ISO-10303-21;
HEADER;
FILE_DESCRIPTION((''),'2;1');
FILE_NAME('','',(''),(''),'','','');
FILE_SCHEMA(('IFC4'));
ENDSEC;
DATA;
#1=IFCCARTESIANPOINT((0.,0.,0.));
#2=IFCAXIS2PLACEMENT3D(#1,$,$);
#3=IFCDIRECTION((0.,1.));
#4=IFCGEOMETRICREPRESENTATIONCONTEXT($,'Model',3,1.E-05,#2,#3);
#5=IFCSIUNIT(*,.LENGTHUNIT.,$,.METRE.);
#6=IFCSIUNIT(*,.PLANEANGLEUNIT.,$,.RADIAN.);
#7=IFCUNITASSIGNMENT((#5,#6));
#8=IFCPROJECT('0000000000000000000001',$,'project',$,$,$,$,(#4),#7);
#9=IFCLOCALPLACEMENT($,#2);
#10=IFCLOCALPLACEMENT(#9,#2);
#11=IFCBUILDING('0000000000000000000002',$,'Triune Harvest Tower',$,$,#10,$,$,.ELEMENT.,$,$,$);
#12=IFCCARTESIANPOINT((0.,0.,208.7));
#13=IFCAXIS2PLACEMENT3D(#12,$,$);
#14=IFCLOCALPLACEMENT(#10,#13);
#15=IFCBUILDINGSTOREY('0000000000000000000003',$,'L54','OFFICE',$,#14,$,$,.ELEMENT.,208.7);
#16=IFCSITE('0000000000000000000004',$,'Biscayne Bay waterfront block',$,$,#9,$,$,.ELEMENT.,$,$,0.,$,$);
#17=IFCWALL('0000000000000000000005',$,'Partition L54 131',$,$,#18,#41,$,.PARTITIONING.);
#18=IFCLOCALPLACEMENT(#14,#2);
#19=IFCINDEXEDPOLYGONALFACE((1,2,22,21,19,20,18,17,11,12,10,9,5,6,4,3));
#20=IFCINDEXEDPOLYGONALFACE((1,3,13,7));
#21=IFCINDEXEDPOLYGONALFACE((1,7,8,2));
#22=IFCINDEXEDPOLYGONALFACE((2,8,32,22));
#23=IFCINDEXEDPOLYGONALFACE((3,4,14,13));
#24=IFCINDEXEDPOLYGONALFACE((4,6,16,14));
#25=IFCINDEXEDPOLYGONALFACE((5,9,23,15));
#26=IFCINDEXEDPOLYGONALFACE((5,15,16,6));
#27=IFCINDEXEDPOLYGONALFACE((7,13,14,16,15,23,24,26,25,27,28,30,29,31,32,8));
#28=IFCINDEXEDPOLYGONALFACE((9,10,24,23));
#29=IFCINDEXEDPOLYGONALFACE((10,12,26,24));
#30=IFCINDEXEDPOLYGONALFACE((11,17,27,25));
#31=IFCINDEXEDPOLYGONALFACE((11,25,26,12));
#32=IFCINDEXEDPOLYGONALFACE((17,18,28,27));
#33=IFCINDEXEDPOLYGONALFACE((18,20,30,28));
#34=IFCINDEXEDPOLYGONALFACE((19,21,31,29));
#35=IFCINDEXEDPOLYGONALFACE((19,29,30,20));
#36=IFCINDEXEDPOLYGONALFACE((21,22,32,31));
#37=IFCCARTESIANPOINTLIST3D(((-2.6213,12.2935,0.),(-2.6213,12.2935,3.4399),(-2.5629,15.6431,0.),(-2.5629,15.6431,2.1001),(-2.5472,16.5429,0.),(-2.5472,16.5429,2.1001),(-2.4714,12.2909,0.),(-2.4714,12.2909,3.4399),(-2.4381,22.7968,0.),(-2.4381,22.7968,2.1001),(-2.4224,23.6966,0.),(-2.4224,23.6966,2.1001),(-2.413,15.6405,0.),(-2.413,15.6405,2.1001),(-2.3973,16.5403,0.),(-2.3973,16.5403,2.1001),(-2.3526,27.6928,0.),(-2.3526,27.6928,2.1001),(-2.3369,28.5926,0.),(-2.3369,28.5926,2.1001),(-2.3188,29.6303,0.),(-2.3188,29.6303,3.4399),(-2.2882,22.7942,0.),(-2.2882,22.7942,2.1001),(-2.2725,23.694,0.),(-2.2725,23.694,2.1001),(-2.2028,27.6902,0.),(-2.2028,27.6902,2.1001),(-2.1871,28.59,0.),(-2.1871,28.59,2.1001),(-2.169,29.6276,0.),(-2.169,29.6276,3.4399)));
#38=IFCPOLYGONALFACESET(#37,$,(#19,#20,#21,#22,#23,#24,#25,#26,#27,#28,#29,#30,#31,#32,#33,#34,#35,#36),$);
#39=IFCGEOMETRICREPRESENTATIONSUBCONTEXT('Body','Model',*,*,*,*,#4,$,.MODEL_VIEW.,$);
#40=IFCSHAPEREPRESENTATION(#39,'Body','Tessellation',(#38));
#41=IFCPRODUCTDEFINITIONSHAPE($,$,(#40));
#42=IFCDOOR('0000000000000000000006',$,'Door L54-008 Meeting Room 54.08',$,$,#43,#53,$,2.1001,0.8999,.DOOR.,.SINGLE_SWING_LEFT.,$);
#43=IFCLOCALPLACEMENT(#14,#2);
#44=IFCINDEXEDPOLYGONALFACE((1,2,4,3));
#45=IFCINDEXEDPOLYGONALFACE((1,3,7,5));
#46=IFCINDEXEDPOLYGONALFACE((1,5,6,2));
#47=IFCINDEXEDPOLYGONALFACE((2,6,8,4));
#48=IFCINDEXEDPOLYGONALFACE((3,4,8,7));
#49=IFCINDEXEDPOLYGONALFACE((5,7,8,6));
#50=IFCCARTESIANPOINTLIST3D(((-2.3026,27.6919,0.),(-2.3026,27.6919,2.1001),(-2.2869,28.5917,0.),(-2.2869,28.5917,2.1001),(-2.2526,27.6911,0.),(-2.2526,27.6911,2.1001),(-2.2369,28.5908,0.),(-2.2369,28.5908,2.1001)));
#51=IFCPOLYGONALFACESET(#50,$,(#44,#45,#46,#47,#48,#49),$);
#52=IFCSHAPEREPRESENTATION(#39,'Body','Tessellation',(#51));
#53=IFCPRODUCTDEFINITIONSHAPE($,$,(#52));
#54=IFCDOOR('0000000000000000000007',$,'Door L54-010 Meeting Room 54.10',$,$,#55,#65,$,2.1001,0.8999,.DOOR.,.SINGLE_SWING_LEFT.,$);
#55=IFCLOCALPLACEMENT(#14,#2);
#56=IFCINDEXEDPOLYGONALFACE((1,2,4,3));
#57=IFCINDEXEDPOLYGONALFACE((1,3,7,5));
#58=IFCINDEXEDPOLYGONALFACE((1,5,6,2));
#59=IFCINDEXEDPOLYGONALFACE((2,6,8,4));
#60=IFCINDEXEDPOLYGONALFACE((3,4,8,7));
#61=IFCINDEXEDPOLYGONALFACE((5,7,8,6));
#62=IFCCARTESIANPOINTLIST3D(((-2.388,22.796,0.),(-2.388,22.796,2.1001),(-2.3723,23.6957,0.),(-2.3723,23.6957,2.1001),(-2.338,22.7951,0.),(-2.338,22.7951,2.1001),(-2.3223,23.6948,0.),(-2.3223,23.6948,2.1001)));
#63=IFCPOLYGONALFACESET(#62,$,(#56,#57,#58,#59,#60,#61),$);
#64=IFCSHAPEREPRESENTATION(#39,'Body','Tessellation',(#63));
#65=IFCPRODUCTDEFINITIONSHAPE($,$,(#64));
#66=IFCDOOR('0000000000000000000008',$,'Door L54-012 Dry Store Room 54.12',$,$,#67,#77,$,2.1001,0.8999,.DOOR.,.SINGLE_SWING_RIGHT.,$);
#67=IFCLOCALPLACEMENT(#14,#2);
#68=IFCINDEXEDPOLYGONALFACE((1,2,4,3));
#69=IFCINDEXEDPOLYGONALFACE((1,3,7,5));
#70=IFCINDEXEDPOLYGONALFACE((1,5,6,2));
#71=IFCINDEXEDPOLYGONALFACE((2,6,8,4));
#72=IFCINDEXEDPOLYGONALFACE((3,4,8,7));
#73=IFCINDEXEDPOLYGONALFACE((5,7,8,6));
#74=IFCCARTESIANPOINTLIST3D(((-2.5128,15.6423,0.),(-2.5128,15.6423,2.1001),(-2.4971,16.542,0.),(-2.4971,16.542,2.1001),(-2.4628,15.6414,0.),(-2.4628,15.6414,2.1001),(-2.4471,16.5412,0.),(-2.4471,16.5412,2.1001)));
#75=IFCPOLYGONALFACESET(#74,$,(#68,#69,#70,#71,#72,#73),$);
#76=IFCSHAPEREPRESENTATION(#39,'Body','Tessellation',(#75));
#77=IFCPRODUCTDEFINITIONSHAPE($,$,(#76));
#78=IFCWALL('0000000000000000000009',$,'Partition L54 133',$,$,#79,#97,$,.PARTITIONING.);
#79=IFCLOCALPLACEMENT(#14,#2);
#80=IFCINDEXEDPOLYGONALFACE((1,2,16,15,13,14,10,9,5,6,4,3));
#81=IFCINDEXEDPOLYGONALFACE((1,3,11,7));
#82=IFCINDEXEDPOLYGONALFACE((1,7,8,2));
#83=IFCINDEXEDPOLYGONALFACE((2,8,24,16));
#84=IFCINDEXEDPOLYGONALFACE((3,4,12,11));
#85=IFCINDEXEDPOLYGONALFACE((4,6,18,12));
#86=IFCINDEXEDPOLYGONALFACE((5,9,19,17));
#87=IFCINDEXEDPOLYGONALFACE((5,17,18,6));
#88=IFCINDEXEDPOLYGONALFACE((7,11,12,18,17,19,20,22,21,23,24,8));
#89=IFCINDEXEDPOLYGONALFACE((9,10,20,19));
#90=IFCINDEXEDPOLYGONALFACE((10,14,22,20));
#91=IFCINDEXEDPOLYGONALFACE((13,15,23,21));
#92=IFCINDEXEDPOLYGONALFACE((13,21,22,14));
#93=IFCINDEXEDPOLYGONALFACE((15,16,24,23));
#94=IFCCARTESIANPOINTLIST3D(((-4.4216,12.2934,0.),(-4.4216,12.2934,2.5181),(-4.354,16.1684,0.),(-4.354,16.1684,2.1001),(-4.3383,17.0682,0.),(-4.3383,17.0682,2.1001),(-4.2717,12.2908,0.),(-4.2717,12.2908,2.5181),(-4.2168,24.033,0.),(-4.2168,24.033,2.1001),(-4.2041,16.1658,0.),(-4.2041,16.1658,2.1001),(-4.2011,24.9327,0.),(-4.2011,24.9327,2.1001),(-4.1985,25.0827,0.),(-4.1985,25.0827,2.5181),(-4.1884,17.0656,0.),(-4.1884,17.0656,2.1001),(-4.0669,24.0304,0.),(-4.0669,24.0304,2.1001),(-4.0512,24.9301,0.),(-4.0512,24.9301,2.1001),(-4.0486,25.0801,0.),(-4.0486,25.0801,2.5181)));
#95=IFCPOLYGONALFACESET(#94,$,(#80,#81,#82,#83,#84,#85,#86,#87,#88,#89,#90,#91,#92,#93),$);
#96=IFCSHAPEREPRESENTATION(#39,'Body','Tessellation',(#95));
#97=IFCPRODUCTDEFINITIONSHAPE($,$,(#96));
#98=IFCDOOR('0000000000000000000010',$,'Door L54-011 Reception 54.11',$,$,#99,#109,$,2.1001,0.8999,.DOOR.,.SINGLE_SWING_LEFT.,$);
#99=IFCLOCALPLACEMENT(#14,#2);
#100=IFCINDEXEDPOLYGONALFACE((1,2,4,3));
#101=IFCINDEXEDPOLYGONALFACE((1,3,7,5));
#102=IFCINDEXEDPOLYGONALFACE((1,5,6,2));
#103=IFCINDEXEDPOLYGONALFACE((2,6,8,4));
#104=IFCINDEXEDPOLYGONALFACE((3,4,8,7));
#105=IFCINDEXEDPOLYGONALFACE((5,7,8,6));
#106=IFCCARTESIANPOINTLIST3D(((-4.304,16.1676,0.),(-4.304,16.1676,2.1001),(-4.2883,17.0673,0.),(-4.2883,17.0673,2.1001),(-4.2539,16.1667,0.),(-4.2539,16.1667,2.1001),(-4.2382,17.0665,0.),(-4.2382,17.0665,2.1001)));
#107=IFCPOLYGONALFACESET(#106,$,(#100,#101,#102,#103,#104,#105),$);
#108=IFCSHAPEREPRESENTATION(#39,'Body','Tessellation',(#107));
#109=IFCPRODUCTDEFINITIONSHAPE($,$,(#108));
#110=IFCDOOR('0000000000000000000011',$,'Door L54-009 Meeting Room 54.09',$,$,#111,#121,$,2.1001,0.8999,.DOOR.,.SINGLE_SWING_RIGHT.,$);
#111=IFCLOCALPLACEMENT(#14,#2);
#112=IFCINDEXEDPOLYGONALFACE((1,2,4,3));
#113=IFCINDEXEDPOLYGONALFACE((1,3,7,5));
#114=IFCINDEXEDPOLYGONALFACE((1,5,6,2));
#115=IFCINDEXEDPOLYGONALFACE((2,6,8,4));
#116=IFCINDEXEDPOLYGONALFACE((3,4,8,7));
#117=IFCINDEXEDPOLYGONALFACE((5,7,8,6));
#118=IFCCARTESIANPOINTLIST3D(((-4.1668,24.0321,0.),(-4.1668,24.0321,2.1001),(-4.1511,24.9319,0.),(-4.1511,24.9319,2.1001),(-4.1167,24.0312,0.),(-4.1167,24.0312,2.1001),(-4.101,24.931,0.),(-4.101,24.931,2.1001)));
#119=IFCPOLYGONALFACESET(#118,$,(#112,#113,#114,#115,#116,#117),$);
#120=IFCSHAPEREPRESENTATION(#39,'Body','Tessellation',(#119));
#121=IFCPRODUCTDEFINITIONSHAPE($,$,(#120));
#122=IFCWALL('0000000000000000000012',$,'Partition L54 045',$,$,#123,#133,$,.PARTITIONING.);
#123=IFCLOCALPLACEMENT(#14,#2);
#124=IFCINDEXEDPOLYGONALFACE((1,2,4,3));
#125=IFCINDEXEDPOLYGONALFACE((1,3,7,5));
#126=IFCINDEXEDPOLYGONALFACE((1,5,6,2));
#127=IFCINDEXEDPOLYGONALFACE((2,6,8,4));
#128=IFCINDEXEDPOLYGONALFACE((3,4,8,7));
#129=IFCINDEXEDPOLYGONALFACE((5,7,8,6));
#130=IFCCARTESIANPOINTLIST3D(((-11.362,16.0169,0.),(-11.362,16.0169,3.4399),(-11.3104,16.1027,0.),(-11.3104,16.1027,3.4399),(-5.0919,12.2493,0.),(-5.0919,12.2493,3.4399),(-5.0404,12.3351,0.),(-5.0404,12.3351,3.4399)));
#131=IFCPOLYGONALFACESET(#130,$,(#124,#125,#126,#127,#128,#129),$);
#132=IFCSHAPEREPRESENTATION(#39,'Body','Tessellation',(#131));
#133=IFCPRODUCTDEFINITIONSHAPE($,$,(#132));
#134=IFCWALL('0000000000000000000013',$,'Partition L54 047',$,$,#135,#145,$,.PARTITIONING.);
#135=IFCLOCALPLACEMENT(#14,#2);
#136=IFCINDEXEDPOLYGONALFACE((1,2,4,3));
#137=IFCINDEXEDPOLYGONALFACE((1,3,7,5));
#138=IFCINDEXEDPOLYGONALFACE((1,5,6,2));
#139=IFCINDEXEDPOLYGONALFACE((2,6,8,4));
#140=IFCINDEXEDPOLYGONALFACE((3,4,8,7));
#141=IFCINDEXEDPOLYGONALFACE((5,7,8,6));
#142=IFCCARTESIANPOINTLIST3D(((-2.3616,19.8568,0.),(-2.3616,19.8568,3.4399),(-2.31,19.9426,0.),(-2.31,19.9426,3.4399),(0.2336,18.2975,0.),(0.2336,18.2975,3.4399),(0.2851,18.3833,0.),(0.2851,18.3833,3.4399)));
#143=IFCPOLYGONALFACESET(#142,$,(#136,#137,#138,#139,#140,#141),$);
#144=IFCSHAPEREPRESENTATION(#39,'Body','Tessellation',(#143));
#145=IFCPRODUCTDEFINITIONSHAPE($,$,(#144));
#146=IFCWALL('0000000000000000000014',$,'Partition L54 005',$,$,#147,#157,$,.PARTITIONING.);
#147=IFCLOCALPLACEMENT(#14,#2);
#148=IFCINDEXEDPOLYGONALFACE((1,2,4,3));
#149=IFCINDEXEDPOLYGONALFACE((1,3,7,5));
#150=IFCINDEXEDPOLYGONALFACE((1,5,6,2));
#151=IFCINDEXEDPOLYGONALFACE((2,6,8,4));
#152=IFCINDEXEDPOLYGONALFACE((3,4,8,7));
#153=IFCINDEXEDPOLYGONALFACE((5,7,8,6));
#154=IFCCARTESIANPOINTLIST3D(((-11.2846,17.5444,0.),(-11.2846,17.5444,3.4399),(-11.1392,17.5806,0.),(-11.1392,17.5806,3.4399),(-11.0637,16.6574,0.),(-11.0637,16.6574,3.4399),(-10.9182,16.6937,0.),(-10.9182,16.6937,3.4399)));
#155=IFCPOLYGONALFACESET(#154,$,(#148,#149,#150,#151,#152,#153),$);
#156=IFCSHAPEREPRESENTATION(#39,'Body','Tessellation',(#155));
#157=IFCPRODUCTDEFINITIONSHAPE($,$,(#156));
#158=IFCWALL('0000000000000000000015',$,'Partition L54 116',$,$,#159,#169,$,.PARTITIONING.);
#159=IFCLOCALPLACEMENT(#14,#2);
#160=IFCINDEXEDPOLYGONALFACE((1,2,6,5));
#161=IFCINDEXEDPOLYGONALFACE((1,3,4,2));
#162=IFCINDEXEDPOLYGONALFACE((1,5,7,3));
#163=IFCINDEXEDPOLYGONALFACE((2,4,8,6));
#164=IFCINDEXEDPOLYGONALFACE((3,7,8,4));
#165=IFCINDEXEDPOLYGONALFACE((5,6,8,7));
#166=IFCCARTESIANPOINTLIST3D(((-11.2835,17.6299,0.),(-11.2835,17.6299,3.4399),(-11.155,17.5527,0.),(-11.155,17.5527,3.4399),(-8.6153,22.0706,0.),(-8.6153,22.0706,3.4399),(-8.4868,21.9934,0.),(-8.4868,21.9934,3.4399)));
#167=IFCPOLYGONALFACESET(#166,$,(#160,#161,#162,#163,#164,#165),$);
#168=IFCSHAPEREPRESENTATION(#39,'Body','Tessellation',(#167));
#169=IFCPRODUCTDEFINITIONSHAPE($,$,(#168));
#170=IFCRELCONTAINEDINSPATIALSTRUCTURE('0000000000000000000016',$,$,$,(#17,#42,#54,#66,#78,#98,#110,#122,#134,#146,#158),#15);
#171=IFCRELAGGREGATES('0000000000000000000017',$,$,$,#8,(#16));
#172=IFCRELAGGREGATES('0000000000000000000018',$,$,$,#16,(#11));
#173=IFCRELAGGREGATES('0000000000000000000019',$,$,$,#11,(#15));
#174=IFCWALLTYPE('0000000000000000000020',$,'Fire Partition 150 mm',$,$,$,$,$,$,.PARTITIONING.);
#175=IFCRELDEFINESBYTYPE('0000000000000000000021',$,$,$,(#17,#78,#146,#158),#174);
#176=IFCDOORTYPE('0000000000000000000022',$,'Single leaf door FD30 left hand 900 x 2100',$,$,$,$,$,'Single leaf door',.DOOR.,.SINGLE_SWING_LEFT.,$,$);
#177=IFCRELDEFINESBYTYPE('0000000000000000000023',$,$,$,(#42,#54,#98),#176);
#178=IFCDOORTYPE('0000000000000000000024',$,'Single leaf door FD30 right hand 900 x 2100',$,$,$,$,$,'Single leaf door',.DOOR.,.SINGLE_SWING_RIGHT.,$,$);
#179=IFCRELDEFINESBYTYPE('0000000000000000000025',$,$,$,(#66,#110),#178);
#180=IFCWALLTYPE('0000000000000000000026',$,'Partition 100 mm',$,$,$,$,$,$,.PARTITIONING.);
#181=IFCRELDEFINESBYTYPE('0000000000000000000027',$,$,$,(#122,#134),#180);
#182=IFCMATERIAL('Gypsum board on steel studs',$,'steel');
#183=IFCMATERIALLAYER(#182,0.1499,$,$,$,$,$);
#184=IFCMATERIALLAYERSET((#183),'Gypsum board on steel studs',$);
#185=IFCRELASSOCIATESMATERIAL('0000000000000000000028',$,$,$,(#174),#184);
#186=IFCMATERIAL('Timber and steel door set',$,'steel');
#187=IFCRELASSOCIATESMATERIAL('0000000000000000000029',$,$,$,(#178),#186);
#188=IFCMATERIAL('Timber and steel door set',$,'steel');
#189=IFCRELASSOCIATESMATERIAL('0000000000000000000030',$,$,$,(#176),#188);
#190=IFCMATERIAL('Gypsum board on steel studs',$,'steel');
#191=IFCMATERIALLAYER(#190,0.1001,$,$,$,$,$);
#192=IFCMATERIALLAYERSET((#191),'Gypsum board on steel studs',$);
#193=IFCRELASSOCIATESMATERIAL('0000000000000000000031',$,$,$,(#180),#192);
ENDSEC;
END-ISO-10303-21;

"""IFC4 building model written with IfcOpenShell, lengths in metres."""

from ifc_helpers import new_model, si_unit, direction, frame, frame_2d, origin, place, context, subcontext, project, spatial, rectangle, extrude, source, transform, mapped, material, layer, layer_set, type_object, element, fill, save


model = new_model("IFC4")

# Units and contexts
model_context = context("Model", 3, precision=1e-05, world=origin(), true_north=direction((0.0, 1.0)))
body_context = subcontext(model_context, "Body", "Model", "MODEL_VIEW")
ifc_project = project(units=[si_unit("LENGTHUNIT", "METRE"), si_unit("PLANEANGLEUNIT", "RADIAN")], contexts=[model_context])

# Site, building, storey
site_placement = place(None, origin())
site = spatial("IfcSite", under=ifc_project, at=site_placement, Name="Biscayne Bay waterfront block", CompositionType="ELEMENT", RefElevation=0.0)
building_placement = place(site_placement, origin())
building = spatial("IfcBuilding", under=site, at=building_placement, Name="Triune Harvest Tower", CompositionType="ELEMENT")
storey_placement = place(building_placement, frame((0.0, 0.0, 208.7)))
storey = spatial("IfcBuildingStorey", under=building, at=storey_placement, Name="L54", Description="OFFICE", CompositionType="ELEMENT", Elevation=208.7)

# Shared definitions
ifc_material_1 = material(Name="Gypsum board on steel studs", Category="steel")
ifc_layer_1 = layer(ifc_material_1, 0.1499)
ifc_layer_set_1 = layer_set([ifc_layer_1], Name="Gypsum board on steel studs")
wall_type_1 = type_object("IfcWallType", Name="Fire Partition 150 mm", PredefinedType="PARTITIONING", material=ifc_layer_set_1)

# Shared definitions
ifc_material_2 = material(Name="Timber and steel door set", Category="steel")
door_type_1 = type_object("IfcDoorType", Name="Single leaf door FD30 right hand 900 x 2100", ElementType="Single leaf door", OperationType="SINGLE_SWING_RIGHT", PredefinedType="DOOR", material=ifc_material_2)

# Walls, openings, doors
wall_1_placement = place(storey_placement, frame((-2.5464, 12.2922, 0.0), z_axis=(0.0, 0.0, 1.0), x_axis=(0.017445, 0.999848, 0.0)))
wall_1 = element("IfcWall", 1, at=wall_1_placement, inside=storey, type_object=wall_type_1, Name="Partition L54 131", PredefinedType="PARTITIONING", context=body_context, shape_type="SweptSolid", body=[
    extrude(rectangle(XDim=17.3394, YDim=0.1499, at=frame_2d((8.6697, 0.0))), origin(), (0.0, 0.0, 1.0), 3.4399),
])
opening_1_placement = place(wall_1_placement, frame((15.4016, 0.0, 0.0)))
opening_1 = element("IfcOpeningElement", 2, at=opening_1_placement, cuts=wall_1, PredefinedType="OPENING", context=body_context, shape_type="SweptSolid", body=[
    extrude(rectangle(XDim=0.8999, YDim=2.1001, at=frame_2d((0.45, 1.05))), frame((0.0, 0.085, 0.0), z_axis=(0.0, -1.0, 0.0), x_axis=(1.0, 0.0, 0.0)), (0.0, 0.0, 1.0), 0.1699),
])
opening_2_placement = place(wall_1_placement, frame((10.5049, 0.0, 0.0)))
opening_2 = element("IfcOpeningElement", 3, at=opening_2_placement, cuts=wall_1, PredefinedType="OPENING", context=body_context, shape_type="SweptSolid", body=[
    extrude(rectangle(XDim=0.8999, YDim=2.1001, at=frame_2d((0.45, 1.05))), frame((0.0, 0.085, 0.0), z_axis=(0.0, -1.0, 0.0), x_axis=(1.0, 0.0, 0.0)), (0.0, 0.0, 1.0), 0.1699),
])
opening_3_placement = place(wall_1_placement, frame((3.3501, 0.0, 0.0)))
opening_3 = element("IfcOpeningElement", 4, at=opening_3_placement, cuts=wall_1, PredefinedType="OPENING", context=body_context, shape_type="SweptSolid", body=[
    extrude(rectangle(XDim=0.8999, YDim=2.1001, at=frame_2d((0.45, 1.05))), frame((0.0, 0.085, 0.0), z_axis=(0.0, -1.0, 0.0), x_axis=(1.0, 0.0, 0.0)), (0.0, 0.0, 1.0), 0.1699),
])
ifc_material_3 = material(Name="Timber and steel door set", Category="steel")
door_type_2 = type_object("IfcDoorType", Name="Single leaf door FD30 left hand 900 x 2100", ElementType="Single leaf door", OperationType="SINGLE_SWING_LEFT", PredefinedType="DOOR", material=ifc_material_3)
door_1_placement = place(opening_1_placement, origin())
door_1 = element("IfcDoor", 5, at=door_1_placement, inside=storey, type_object=door_type_2, Name="Door L54-008 Meeting Room 54.08", OperationType="SINGLE_SWING_LEFT", OverallHeight=2.1001, OverallWidth=0.8999, PredefinedType="DOOR", context=body_context, shape_type="SweptSolid", body=[
    extrude(rectangle(XDim=0.8999, YDim=2.1001, at=frame_2d((0.45, 1.05))), frame((0.0, 0.0249, 0.0), z_axis=(0.0, -1.0, 0.0), x_axis=(1.0, 0.0, 0.0)), (0.0, 0.0, 1.0), 0.05),
])
fill(opening_1, door_1)
door_2_placement = place(opening_2_placement, origin())
door_2 = element("IfcDoor", 6, at=door_2_placement, inside=storey, type_object=door_type_2, Name="Door L54-010 Meeting Room 54.10", OperationType="SINGLE_SWING_LEFT", OverallHeight=2.1001, OverallWidth=0.8999, PredefinedType="DOOR", context=body_context, shape_type="SweptSolid", body=[
    extrude(rectangle(XDim=0.8999, YDim=2.1001, at=frame_2d((0.45, 1.05))), frame((0.0, 0.0249, 0.0), z_axis=(0.0, -1.0, 0.0), x_axis=(1.0, 0.0, 0.0)), (0.0, 0.0, 1.0), 0.05),
])
fill(opening_2, door_2)
door_3_placement = place(opening_3_placement, origin())
door_3 = element("IfcDoor", 7, at=door_3_placement, inside=storey, type_object=door_type_1, Name="Door L54-012 Dry Store Room 54.12", OperationType="SINGLE_SWING_RIGHT", OverallHeight=2.1001, OverallWidth=0.8999, PredefinedType="DOOR", context=body_context, shape_type="SweptSolid", body=[
    extrude(rectangle(XDim=0.8999, YDim=2.1001, at=frame_2d((0.45, 1.05))), frame((0.0, 0.0249, 0.0), z_axis=(0.0, -1.0, 0.0), x_axis=(1.0, 0.0, 0.0)), (0.0, 0.0, 1.0), 0.05),
])
fill(opening_3, door_3)
wall_2_placement = place(storey_placement, frame((-4.3467, 12.2922, 0.0), z_axis=(0.0, 0.0, 1.0), x_axis=(0.017445, 0.999848, 0.0)))
wall_2 = element("IfcWall", 8, at=wall_2_placement, inside=storey, type_object=wall_type_1, Name="Partition L54 133", PredefinedType="PARTITIONING", context=body_context, shape_type="SweptSolid", body=[
    extrude(rectangle(XDim=12.7913, YDim=0.1499, at=frame_2d((6.3955, 0.0))), origin(), (0.0, 0.0, 1.0), 2.5181),
])
opening_4_placement = place(wall_2_placement, frame((11.7412, 0.0, 0.0)))
opening_4 = element("IfcOpeningElement", 9, at=opening_4_placement, cuts=wall_2, PredefinedType="OPENING", context=body_context, shape_type="SweptSolid", body=[
    extrude(rectangle(XDim=0.8999, YDim=2.1001, at=frame_2d((0.45, 1.05))), frame((0.0, 0.085, 0.0), z_axis=(0.0, -1.0, 0.0), x_axis=(1.0, 0.0, 0.0)), (0.0, 0.0, 1.0), 0.1699),
])
opening_5_placement = place(wall_2_placement, frame((3.8755, 0.0, 0.0)))
opening_5 = element("IfcOpeningElement", 10, at=opening_5_placement, cuts=wall_2, PredefinedType="OPENING", context=body_context, shape_type="SweptSolid", body=[
    extrude(rectangle(XDim=0.8999, YDim=2.1001, at=frame_2d((0.45, 1.05))), frame((0.0, 0.085, 0.0), z_axis=(0.0, -1.0, 0.0), x_axis=(1.0, 0.0, 0.0)), (0.0, 0.0, 1.0), 0.1699),
])
door_4_placement = place(opening_5_placement, origin())
door_4 = element("IfcDoor", 11, at=door_4_placement, inside=storey, type_object=door_type_2, Name="Door L54-011 Reception 54.11", OperationType="SINGLE_SWING_LEFT", OverallHeight=2.1001, OverallWidth=0.8999, PredefinedType="DOOR", context=body_context, shape_type="SweptSolid", body=[
    extrude(rectangle(XDim=0.8999, YDim=2.1001, at=frame_2d((0.45, 1.05))), frame((0.0, 0.0249, 0.0), z_axis=(0.0, -1.0, 0.0), x_axis=(1.0, 0.0, 0.0)), (0.0, 0.0, 1.0), 0.05),
])
fill(opening_5, door_4)
door_5_placement = place(opening_4_placement, origin())
door_5 = element("IfcDoor", 12, at=door_5_placement, inside=storey, type_object=door_type_1, Name="Door L54-009 Meeting Room 54.09", OperationType="SINGLE_SWING_RIGHT", OverallHeight=2.1001, OverallWidth=0.8999, PredefinedType="DOOR", context=body_context, shape_type="SweptSolid", body=[
    extrude(rectangle(XDim=0.8999, YDim=2.1001, at=frame_2d((0.45, 1.05))), frame((0.0, 0.0249, 0.0), z_axis=(0.0, -1.0, 0.0), x_axis=(1.0, 0.0, 0.0)), (0.0, 0.0, 1.0), 0.05),
])
fill(opening_4, door_5)

# Walls
ifc_material_4 = material(Name="Gypsum board on steel studs", Category="steel")
ifc_layer_2 = layer(ifc_material_4, 0.1001)
ifc_layer_set_2 = layer_set([ifc_layer_2], Name="Gypsum board on steel studs")
wall_type_2 = type_object("IfcWallType", Name="Partition 100 mm", PredefinedType="PARTITIONING", material=ifc_layer_set_2)
wall_3_placement = place(storey_placement, frame((-11.3362, 16.0598, 0.0), z_axis=(0.0, 0.0, 1.0), x_axis=(0.857157, -0.515055, 0.0)))
element("IfcWall", 13, at=wall_3_placement, inside=storey, type_object=wall_type_2, Name="Partition L54 045", PredefinedType="PARTITIONING", context=body_context, shape_type="SweptSolid", body=[
    extrude(rectangle(XDim=7.3149, YDim=0.1001, at=frame_2d((3.6575, 0.0))), origin(), (0.0, 0.0, 1.0), 3.4399),
])
wall_4_placement = place(storey_placement, frame((-2.3357, 19.8997, 0.0), z_axis=(0.0, 0.0, 1.0), x_axis=(0.857173, -0.515029, 0.0)))
element("IfcWall", 14, at=wall_4_placement, inside=storey, type_object=wall_type_2, Name="Partition L54 047", PredefinedType="PARTITIONING", context=body_context, shape_type="SweptSolid", body=[
    extrude(rectangle(XDim=3.0276, YDim=0.1001, at=frame_2d((1.5137, 0.0))), origin(), (0.0, 0.0, 1.0), 3.4399),
])
shared_shape_1 = source(origin(), body_context, "Body", "SweptSolid", [
    extrude(rectangle(XDim=0.9141, YDim=0.1499, at=frame_2d((0.457, 0.0))), origin(), (0.0, 0.0, 1.0), 3.4399),
])
wall_5_placement = place(storey_placement, frame((-11.2119, 17.5625, 0.0), z_axis=(0.0, 0.0, 1.0), x_axis=(0.241719, -0.970346, 0.0)))
element("IfcWall", 15, at=wall_5_placement, inside=storey, type_object=wall_type_1, Name="Partition L54 005", PredefinedType="PARTITIONING", context=body_context, shape_type="MappedRepresentation", body=[
    mapped(shared_shape_1, transform((0.0, 0.0, 0.0), scale=1.0)),
])
shared_shape_2 = source(origin(), body_context, "Body", "SweptSolid", [
    extrude(rectangle(XDim=5.1807, YDim=0.1499, at=frame_2d((2.5903, 0.0))), origin(), (0.0, 0.0, 1.0), 3.4399),
])
wall_6_placement = place(storey_placement, frame((-11.2192, 17.5913, 0.0), z_axis=(0.0, 0.0, 1.0), x_axis=(0.515036, 0.857168, 0.0)))
element("IfcWall", 16, at=wall_6_placement, inside=storey, type_object=wall_type_1, Name="Partition L54 116", PredefinedType="PARTITIONING", context=body_context, shape_type="MappedRepresentation", body=[
    mapped(shared_shape_2, transform((0.0, 0.0, 0.0), scale=1.0)),
])

save(model, "model.ifc")
